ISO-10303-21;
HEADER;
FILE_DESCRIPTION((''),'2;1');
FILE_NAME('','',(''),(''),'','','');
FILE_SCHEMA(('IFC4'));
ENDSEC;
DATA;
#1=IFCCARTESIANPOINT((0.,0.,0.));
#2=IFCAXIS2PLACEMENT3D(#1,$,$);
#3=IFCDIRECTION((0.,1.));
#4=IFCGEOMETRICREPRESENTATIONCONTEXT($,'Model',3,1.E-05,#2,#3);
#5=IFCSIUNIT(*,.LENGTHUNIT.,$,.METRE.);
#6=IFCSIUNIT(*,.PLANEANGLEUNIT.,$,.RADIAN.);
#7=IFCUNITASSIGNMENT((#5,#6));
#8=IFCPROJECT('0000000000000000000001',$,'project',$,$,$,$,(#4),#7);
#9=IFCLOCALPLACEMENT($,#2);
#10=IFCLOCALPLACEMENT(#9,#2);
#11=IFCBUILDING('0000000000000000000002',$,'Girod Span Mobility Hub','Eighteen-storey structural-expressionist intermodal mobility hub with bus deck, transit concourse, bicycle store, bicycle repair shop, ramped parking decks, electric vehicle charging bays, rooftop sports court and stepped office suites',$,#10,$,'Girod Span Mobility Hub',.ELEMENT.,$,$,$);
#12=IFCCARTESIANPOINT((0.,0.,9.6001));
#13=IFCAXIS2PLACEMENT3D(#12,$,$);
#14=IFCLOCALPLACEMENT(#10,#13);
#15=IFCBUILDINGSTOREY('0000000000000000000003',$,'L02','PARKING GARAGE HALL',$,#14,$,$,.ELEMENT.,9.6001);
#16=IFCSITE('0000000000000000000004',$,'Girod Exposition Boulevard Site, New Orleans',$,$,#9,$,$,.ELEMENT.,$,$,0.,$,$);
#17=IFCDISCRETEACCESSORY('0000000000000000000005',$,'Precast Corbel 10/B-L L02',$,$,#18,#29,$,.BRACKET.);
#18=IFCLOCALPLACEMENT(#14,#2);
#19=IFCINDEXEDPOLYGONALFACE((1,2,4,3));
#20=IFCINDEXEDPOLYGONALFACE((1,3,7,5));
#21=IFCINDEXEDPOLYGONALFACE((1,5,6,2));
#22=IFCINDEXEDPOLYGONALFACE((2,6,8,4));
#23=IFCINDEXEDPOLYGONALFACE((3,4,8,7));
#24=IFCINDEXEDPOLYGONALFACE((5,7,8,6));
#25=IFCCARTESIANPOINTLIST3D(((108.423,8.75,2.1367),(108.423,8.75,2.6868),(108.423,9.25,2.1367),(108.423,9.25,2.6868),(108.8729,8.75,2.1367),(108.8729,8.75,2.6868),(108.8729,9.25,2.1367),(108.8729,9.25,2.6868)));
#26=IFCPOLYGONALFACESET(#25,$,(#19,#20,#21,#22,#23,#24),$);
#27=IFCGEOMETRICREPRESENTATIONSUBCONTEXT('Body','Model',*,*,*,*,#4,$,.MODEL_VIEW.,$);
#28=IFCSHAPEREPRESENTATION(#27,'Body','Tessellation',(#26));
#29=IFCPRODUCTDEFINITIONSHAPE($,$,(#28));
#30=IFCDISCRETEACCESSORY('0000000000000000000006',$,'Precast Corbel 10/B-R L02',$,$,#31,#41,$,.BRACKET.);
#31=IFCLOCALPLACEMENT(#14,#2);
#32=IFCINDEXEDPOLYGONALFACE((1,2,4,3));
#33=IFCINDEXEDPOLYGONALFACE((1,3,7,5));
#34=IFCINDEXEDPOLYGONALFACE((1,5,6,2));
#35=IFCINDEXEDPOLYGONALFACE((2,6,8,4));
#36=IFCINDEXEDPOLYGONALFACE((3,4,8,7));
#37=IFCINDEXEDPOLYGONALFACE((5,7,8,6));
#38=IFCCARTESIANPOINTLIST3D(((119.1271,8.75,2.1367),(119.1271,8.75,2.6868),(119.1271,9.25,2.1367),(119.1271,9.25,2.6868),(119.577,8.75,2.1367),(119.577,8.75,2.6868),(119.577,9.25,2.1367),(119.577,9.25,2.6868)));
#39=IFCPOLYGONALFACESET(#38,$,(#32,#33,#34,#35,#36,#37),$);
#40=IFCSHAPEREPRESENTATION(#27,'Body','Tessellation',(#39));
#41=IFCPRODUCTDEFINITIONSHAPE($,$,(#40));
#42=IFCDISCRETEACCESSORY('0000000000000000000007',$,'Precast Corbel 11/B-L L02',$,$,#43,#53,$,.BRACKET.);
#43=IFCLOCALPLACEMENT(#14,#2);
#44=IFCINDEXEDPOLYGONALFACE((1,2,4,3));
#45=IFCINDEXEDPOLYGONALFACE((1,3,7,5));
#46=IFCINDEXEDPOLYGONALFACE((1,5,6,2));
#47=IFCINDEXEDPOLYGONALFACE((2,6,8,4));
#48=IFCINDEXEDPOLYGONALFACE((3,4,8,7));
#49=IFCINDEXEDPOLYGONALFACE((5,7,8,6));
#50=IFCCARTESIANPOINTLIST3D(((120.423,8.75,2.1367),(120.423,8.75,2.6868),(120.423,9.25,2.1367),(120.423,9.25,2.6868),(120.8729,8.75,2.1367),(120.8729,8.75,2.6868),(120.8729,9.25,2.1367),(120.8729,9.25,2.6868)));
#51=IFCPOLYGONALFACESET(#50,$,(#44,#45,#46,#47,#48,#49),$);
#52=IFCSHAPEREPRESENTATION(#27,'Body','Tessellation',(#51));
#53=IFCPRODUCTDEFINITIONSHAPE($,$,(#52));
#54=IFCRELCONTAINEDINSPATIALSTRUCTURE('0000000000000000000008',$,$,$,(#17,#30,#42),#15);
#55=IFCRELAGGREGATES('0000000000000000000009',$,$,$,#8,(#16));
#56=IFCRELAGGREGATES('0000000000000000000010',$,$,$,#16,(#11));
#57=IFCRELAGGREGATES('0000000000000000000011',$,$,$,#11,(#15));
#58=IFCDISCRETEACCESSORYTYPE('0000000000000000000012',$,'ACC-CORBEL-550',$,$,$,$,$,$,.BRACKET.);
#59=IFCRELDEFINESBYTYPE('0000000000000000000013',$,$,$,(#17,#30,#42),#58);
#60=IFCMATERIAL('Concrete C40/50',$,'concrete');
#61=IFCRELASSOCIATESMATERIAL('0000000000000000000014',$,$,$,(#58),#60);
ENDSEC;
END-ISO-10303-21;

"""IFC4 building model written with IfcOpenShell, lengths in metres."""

from ifc_helpers import new_model, si_unit, direction, frame, origin, origin_2d, place, context, subcontext, project, spatial, rectangle, extrude, material, type_object, element, save


model = new_model("IFC4")

# Units and contexts
model_context = context("Model", 3, precision=1e-05, world=origin(), true_north=direction((0.0, 1.0)))
body_context = subcontext(model_context, "Body", "Model", "MODEL_VIEW")
ifc_project = project(units=[si_unit("LENGTHUNIT", "METRE"), si_unit("PLANEANGLEUNIT", "RADIAN")], contexts=[model_context])

# Site, building, storey
site_placement = place(None, origin())
site = spatial("IfcSite", under=ifc_project, at=site_placement, Name="Girod Exposition Boulevard Site, New Orleans", CompositionType="ELEMENT", RefElevation=0.0)
building_placement = place(site_placement, origin())
building = spatial("IfcBuilding", under=site, at=building_placement, Name="Girod Span Mobility Hub", Description="Eighteen-storey structural-expressionist intermodal mobility hub with bus deck, transit concourse, bicycle store, bicycle repair shop, ramped parking decks, electric vehicle charging bays, rooftop sports court and stepped office suites", LongName="Girod Span Mobility Hub", CompositionType="ELEMENT")
storey_placement = place(building_placement, frame((0.0, 0.0, 9.6001)))
storey = spatial("IfcBuildingStorey", under=building, at=storey_placement, Name="L02", Description="PARKING GARAGE HALL", CompositionType="ELEMENT", Elevation=9.6001)

# Discrete accessories
ifc_material_1 = material(Name="Concrete C40/50", Category="concrete")
discrete_accessory_type = type_object("IfcDiscreteAccessoryType", Name="ACC-CORBEL-550", PredefinedType="BRACKET", material=ifc_material_1)
for number, where, z_axis, x_axis, name in (
    (1, (108.6479, 9.0, 2.1367), (0.0, 0.0, 1.0), (1.0, 0.0, 0.0), "Precast Corbel 10/B-L L02"),
    (2, (119.3521, 9.0, 2.1367), (0.0, 0.0, 1.0), (1.0, 0.0, 0.0), "Precast Corbel 10/B-R L02"),
    (3, (120.6479, 9.0, 2.1367), (0.0, 0.0, 1.0), (1.0, 0.0, 0.0), "Precast Corbel 11/B-L L02"),
):
    element("IfcDiscreteAccessory", number, at=place(storey_placement, frame(where, z_axis=z_axis, x_axis=x_axis)), inside=storey, type_object=discrete_accessory_type, Name=name, PredefinedType="BRACKET", context=body_context, shape_type="SweptSolid", body=[
        extrude(rectangle(XDim=0.45, YDim=0.5, at=origin_2d()), origin(), (0.0, 0.0, 1.0), 0.55),
    ])

save(model, "model.ifc")
